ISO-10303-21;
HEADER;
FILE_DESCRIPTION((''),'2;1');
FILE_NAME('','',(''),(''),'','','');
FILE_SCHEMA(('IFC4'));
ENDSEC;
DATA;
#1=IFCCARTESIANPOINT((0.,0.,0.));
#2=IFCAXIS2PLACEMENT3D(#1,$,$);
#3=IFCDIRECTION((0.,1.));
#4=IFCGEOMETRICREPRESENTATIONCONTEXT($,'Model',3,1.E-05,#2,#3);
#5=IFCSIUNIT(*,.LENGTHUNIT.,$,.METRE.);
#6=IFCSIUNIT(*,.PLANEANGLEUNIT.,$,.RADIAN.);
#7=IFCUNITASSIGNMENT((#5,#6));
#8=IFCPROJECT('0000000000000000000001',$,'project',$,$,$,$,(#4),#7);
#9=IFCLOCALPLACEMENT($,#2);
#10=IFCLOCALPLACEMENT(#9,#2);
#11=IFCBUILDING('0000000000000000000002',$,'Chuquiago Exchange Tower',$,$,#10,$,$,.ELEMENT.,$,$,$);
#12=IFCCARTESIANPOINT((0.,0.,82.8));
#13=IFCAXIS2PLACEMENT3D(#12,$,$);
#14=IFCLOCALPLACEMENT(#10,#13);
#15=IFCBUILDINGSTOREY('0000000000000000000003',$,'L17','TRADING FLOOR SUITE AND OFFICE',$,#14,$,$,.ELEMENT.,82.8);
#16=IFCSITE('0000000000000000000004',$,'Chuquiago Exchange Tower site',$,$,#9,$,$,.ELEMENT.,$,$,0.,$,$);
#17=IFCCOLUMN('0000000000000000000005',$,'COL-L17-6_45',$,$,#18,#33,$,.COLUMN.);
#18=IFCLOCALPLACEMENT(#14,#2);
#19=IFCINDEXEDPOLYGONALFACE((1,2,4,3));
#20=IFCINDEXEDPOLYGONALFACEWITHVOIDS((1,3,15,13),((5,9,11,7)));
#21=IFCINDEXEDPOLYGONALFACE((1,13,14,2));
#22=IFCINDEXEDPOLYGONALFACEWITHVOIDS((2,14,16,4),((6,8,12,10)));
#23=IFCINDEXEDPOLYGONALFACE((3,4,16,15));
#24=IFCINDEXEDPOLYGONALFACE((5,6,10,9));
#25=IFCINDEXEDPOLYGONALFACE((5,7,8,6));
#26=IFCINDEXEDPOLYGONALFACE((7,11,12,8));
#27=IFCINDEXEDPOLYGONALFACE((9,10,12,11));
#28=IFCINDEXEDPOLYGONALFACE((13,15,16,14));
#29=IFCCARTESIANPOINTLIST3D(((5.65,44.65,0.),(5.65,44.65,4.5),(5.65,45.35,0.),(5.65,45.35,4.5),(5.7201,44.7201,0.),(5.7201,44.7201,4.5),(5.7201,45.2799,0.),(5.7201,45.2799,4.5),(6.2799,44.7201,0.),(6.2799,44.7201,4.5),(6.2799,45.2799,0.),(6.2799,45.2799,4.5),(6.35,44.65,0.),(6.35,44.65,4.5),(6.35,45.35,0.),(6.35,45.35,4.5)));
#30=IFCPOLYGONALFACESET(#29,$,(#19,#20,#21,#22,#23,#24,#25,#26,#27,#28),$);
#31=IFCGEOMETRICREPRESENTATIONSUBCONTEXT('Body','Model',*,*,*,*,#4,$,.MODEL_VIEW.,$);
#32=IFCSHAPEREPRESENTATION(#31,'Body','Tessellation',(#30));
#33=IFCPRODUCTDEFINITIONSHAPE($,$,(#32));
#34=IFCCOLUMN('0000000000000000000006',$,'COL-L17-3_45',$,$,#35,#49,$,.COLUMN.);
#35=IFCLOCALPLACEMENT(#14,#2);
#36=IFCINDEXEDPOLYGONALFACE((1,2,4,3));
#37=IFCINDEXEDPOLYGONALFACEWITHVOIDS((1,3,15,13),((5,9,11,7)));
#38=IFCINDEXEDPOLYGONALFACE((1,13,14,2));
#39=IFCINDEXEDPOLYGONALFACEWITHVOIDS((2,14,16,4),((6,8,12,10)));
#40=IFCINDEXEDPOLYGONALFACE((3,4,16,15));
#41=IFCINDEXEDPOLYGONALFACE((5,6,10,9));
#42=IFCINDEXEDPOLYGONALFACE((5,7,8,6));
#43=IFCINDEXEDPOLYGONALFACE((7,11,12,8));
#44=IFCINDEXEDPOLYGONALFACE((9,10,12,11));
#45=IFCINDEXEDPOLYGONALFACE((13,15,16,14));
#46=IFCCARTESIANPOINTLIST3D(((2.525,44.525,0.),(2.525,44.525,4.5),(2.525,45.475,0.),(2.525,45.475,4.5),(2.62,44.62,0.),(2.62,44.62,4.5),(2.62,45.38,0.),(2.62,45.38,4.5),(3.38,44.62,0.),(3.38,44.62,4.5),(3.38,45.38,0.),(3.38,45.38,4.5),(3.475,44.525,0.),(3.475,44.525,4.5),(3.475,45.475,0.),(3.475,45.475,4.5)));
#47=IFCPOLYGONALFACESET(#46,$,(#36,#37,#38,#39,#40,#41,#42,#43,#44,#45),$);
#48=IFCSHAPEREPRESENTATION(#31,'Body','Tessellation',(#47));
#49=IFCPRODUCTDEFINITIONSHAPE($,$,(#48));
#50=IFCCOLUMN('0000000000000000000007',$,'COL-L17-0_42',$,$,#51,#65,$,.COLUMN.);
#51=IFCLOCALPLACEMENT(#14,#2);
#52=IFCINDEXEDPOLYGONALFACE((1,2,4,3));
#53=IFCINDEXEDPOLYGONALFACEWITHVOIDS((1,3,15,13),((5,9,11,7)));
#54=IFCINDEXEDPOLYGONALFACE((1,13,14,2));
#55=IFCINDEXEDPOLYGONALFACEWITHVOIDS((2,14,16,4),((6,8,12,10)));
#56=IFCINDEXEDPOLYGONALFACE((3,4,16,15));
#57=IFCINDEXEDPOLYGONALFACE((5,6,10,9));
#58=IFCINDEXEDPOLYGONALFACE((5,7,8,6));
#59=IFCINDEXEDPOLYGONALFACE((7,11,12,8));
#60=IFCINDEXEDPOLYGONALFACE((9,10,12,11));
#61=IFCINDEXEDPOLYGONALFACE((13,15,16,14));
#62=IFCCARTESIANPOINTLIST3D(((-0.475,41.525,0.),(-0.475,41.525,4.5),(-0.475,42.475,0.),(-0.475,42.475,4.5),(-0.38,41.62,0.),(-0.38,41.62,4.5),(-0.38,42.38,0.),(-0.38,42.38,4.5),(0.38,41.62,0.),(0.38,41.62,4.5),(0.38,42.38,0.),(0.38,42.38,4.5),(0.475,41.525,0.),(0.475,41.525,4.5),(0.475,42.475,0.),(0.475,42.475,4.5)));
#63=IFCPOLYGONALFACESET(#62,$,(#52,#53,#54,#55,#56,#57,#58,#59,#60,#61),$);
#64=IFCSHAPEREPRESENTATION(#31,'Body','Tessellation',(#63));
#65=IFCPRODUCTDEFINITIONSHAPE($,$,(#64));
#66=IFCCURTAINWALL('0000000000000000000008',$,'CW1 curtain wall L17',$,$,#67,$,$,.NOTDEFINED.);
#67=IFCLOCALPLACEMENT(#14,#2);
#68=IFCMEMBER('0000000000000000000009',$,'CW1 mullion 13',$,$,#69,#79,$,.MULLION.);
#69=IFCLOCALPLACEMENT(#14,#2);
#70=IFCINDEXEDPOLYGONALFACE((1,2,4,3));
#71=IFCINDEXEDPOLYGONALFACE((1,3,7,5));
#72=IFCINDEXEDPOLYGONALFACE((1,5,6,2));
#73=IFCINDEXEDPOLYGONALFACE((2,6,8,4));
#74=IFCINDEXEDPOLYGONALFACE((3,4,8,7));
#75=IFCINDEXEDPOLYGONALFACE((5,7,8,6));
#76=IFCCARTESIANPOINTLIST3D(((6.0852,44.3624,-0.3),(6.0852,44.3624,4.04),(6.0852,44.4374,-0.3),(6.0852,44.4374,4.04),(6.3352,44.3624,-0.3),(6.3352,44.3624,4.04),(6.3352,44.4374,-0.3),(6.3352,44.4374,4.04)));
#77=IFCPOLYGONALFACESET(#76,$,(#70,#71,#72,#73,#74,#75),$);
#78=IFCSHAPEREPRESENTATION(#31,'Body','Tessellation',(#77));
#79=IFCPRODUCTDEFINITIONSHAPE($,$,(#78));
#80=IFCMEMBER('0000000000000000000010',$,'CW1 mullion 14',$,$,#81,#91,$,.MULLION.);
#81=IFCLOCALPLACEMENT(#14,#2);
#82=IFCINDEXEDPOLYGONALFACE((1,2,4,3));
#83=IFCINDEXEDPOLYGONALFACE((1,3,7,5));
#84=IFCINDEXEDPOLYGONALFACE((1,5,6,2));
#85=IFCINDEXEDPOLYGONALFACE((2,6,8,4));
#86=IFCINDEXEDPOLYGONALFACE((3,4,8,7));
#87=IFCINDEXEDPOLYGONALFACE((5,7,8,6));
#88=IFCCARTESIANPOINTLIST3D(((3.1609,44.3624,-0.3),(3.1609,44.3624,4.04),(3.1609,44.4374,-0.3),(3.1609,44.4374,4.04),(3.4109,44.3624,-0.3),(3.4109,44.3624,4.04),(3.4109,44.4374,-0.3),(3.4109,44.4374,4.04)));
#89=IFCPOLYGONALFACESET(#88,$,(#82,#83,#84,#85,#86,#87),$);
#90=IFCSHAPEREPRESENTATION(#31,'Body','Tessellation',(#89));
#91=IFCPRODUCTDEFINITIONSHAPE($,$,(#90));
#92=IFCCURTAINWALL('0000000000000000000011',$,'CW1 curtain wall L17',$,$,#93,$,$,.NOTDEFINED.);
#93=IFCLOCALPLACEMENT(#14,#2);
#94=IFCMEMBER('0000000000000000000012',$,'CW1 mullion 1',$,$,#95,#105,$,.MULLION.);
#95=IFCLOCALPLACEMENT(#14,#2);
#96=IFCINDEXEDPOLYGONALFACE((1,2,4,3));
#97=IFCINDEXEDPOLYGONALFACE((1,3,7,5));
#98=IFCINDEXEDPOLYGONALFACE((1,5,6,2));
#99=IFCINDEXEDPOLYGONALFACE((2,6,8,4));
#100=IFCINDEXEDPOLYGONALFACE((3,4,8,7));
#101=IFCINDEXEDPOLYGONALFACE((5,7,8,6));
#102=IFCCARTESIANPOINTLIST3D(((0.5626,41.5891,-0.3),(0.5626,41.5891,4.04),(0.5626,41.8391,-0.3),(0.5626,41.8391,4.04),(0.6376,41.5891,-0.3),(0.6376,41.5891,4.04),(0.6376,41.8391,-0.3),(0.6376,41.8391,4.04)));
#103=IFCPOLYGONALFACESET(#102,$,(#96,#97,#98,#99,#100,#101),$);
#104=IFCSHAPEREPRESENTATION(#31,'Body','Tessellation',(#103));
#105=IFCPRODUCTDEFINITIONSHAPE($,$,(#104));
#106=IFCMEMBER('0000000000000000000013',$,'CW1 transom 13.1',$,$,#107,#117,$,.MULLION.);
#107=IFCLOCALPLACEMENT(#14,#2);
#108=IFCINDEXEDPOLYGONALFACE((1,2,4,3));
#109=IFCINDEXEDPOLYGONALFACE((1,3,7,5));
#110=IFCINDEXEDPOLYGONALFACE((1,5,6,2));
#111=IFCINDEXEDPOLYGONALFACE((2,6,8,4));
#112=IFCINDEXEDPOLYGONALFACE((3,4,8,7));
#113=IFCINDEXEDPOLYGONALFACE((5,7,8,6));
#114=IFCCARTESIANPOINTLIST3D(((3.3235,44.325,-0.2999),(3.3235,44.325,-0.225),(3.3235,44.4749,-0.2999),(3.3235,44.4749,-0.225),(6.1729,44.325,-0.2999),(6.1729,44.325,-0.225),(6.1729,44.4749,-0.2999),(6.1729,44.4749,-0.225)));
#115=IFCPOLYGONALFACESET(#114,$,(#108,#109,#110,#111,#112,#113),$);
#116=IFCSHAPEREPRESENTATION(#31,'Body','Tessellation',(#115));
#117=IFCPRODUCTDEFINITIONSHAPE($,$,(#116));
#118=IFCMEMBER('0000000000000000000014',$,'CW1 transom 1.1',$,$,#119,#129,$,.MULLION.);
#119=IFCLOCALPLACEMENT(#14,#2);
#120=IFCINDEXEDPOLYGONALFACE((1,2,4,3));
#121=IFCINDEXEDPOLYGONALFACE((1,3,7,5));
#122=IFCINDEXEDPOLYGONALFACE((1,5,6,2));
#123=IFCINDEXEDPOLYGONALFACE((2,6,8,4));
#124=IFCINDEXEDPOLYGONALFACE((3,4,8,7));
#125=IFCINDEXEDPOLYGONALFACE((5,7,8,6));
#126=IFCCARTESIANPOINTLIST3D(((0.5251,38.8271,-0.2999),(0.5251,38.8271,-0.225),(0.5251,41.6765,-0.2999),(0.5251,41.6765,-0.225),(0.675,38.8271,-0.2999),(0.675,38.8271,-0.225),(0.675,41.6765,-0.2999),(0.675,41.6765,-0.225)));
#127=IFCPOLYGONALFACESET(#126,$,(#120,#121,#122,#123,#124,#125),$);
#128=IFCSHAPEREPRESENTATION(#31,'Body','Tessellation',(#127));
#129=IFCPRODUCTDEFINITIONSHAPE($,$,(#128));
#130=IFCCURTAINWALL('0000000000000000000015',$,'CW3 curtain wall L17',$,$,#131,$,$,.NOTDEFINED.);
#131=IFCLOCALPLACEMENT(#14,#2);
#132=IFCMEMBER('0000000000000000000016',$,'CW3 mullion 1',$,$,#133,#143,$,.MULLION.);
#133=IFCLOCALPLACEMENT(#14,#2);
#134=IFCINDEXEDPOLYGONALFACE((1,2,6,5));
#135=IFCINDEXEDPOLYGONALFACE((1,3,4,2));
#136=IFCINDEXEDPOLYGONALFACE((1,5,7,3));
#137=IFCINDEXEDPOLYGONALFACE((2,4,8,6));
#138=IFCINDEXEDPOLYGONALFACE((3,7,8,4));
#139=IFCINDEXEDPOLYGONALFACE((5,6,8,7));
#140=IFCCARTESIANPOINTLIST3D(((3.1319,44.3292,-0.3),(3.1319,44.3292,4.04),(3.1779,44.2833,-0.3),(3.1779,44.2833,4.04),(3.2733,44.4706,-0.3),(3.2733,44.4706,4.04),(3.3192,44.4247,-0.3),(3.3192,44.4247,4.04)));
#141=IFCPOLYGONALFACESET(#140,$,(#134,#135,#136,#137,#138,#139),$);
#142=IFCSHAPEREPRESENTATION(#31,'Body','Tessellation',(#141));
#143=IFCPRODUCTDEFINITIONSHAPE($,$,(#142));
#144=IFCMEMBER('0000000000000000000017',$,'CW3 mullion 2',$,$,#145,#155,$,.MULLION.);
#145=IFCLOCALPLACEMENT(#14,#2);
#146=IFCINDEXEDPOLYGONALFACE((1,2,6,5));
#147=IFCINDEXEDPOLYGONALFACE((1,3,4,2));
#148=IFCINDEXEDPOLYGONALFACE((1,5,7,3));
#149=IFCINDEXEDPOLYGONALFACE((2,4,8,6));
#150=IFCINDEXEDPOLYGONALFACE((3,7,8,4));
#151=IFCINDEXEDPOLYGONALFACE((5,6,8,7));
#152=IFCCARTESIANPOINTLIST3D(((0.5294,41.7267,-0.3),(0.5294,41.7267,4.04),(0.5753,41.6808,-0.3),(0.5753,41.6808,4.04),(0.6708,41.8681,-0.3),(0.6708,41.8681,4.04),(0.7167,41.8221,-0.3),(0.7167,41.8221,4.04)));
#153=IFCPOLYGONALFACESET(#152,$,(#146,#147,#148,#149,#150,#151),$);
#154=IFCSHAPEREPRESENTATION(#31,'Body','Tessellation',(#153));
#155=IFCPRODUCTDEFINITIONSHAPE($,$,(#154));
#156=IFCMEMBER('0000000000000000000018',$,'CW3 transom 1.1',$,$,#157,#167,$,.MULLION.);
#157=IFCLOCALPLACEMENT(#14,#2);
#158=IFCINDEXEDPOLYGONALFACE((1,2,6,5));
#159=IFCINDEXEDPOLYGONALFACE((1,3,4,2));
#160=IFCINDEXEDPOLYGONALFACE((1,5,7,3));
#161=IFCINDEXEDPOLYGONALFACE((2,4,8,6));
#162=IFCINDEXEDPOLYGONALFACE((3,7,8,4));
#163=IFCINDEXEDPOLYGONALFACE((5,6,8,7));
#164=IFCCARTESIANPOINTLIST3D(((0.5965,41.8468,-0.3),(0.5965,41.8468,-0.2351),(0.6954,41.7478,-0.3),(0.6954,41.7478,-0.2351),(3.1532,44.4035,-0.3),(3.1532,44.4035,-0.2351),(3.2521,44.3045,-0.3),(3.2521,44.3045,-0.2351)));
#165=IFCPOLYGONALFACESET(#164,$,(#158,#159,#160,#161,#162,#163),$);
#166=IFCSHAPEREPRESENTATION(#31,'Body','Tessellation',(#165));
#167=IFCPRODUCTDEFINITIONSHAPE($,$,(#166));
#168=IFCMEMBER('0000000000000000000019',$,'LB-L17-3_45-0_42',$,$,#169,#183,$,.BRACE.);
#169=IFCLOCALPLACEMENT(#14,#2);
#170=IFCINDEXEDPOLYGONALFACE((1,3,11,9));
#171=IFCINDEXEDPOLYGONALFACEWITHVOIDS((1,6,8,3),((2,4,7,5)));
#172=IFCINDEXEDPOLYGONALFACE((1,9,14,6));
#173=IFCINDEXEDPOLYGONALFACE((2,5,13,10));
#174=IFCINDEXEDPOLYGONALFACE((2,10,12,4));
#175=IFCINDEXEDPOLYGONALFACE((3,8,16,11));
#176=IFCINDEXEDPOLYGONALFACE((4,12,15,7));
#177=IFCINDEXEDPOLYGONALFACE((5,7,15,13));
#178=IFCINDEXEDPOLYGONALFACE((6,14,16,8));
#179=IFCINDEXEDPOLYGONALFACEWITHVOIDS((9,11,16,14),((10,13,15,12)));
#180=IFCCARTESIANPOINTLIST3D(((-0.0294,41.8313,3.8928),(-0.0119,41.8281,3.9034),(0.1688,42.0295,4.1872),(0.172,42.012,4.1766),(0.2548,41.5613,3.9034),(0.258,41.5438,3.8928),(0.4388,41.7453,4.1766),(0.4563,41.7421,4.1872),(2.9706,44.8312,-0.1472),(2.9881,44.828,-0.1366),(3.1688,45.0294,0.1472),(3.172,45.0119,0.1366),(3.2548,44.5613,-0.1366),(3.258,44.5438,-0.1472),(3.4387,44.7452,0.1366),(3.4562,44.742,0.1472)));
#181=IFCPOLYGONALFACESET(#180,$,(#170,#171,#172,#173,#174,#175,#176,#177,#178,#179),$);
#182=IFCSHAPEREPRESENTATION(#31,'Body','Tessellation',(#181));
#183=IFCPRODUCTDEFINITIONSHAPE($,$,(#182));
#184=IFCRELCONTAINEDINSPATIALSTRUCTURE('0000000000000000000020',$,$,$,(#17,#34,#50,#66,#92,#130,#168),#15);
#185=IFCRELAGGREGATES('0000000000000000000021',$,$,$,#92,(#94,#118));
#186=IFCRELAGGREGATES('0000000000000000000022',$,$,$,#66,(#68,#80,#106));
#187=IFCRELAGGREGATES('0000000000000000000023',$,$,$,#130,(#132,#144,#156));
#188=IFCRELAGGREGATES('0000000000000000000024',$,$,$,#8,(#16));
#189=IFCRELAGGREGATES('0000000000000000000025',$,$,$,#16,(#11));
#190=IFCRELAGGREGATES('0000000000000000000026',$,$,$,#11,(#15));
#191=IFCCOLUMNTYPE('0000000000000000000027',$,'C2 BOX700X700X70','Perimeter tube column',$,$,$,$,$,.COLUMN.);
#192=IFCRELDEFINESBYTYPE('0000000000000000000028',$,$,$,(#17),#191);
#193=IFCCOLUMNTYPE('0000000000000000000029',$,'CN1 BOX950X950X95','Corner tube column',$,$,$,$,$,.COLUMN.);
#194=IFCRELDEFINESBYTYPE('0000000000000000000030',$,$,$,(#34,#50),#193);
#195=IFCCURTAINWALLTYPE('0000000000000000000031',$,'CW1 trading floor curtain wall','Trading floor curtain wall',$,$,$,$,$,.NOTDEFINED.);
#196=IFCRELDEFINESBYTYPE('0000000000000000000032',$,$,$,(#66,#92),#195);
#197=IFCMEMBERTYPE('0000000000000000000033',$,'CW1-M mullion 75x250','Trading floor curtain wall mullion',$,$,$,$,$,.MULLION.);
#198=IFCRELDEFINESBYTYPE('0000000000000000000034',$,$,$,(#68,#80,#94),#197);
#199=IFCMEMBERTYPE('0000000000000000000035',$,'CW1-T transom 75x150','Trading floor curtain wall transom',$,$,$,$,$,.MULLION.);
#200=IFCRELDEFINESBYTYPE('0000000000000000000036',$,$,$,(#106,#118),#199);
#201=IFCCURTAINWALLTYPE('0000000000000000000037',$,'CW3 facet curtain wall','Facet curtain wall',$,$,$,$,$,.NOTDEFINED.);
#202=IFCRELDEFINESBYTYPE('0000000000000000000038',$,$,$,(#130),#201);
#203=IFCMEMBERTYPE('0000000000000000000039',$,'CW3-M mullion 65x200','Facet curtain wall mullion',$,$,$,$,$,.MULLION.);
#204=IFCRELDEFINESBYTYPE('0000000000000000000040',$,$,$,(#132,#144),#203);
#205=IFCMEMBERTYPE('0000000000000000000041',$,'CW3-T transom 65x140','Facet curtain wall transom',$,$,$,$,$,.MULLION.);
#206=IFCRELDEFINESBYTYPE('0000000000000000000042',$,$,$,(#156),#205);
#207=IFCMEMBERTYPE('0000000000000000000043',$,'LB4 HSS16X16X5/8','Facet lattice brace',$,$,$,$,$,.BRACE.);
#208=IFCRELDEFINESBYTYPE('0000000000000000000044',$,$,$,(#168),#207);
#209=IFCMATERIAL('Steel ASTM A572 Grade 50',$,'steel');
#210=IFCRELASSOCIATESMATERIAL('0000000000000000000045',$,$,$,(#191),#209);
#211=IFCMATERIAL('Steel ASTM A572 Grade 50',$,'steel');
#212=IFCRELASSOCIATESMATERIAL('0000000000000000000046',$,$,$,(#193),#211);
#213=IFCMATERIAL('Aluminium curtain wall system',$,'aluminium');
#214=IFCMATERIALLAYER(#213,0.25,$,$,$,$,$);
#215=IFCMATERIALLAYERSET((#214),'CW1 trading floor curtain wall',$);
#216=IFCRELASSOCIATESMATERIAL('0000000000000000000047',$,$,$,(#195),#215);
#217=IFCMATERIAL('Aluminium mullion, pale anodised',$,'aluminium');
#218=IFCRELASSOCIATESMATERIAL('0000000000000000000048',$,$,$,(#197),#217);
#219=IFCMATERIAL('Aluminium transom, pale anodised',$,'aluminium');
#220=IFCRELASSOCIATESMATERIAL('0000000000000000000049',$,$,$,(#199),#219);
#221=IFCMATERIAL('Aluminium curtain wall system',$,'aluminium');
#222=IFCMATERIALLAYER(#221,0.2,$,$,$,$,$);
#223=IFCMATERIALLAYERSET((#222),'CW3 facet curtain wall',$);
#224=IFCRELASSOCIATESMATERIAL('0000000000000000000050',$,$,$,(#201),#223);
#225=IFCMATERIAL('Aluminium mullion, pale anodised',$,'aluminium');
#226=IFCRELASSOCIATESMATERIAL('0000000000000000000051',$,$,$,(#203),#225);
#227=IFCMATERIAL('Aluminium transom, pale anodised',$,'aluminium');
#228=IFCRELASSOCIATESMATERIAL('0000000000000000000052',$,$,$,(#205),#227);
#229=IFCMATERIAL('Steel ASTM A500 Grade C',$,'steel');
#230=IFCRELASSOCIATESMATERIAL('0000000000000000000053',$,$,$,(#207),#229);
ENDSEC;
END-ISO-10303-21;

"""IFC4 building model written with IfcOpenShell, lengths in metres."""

from ifc_helpers import new_model, si_unit, direction, frame, origin, origin_2d, place, context, subcontext, project, spatial, rectangle, hollow_rectangle, extrude, material, layer, layer_set, material_profile, profile_set, type_object, element, aggregate, save


model = new_model("IFC4")

# Units and contexts
model_context = context("Model", 3, precision=1e-05, world=origin(), true_north=direction((0.0, 1.0)))
body_context = subcontext(model_context, "Body", "Model", "MODEL_VIEW")
ifc_project = project(units=[si_unit("LENGTHUNIT", "METRE"), si_unit("PLANEANGLEUNIT", "RADIAN")], contexts=[model_context])

# Site, building, storey
site_placement = place(None, origin())
site = spatial("IfcSite", under=ifc_project, at=site_placement, Name="Chuquiago Exchange Tower site", CompositionType="ELEMENT", RefElevation=0.0)
building_placement = place(site_placement, origin())
building = spatial("IfcBuilding", under=site, at=building_placement, Name="Chuquiago Exchange Tower", CompositionType="ELEMENT")
storey_placement = place(building_placement, frame((0.0, 0.0, 82.8)))
storey = spatial("IfcBuildingStorey", under=building, at=storey_placement, Name="L17", Description="TRADING FLOOR SUITE AND OFFICE", CompositionType="ELEMENT", Elevation=82.8)

# Columns
ifc_material_1 = material(Name="Steel ASTM A572 Grade 50", Category="steel")
ifc_material_profile_1 = material_profile(ifc_material_1, hollow_rectangle(XDim=0.7, YDim=0.7, WallThickness=0.0701, at=origin_2d()), Name="BOX700X700X70")
ifc_profile_set_1 = profile_set([ifc_material_profile_1], Name="Steel ASTM A572 Grade 50")
column_type_1 = type_object("IfcColumnType", Name="C2 BOX700X700X70", Description="Perimeter tube column", PredefinedType="COLUMN", material=ifc_profile_set_1)
column_placement = place(storey_placement, frame((6.0, 45.0, 0.0), z_axis=(0.0, 0.0, 1.0), x_axis=(0.0, 1.0, 0.0)))
element("IfcColumn", 1, at=column_placement, inside=storey, type_object=column_type_1, Name="COL-L17-6_45", PredefinedType="COLUMN", context=body_context, shape_type="SweptSolid", body=[
    extrude(hollow_rectangle(XDim=0.7, YDim=0.7, WallThickness=0.0701, at=origin_2d()), origin(), (0.0, 0.0, 1.0), 4.5),
])
ifc_material_2 = material(Name="Steel ASTM A572 Grade 50", Category="steel")
ifc_material_profile_2 = material_profile(ifc_material_2, hollow_rectangle(XDim=0.95, YDim=0.95, WallThickness=0.095, at=origin_2d()), Name="BOX950X950X95")
ifc_profile_set_2 = profile_set([ifc_material_profile_2], Name="Steel ASTM A572 Grade 50")
column_type_2 = type_object("IfcColumnType", Name="CN1 BOX950X950X95", Description="Corner tube column", PredefinedType="COLUMN", material=ifc_profile_set_2)
for number, where, z_axis, x_axis, name in (
    (2, (3.0, 45.0, 0.0), (0.0, 0.0, 1.0), (0.0, 1.0, 0.0), "COL-L17-3_45"),
    (3, (0.0, 42.0, 0.0), (0.0, 0.0, 1.0), (-1.0, 0.0, 0.0), "COL-L17-0_42"),
):
    element("IfcColumn", number, at=place(storey_placement, frame(where, z_axis=z_axis, x_axis=x_axis)), inside=storey, type_object=column_type_2, Name=name, PredefinedType="COLUMN", context=body_context, shape_type="SweptSolid", body=[
        extrude(hollow_rectangle(XDim=0.95, YDim=0.95, WallThickness=0.095, at=origin_2d()), origin(), (0.0, 0.0, 1.0), 4.5),
    ])

# Curtain wall, members
ifc_material_3 = material(Name="Aluminium curtain wall system", Category="aluminium")
ifc_layer_1 = layer(ifc_material_3, 0.25)
ifc_layer_set_1 = layer_set([ifc_layer_1], Name="CW1 trading floor curtain wall")
curtain_wall_type_1 = type_object("IfcCurtainWallType", Name="CW1 trading floor curtain wall", Description="Trading floor curtain wall", PredefinedType="NOTDEFINED", material=ifc_layer_set_1)
curtain_wall_1_placement = place(storey_placement, origin())
curtain_wall_1 = element("IfcCurtainWall", 4, at=curtain_wall_1_placement, inside=storey, type_object=curtain_wall_type_1, Name="CW1 curtain wall L17", PredefinedType="NOTDEFINED")
ifc_material_4 = material(Name="Aluminium mullion, pale anodised", Category="aluminium")
ifc_material_profile_3 = material_profile(ifc_material_4, rectangle(XDim=0.075, YDim=0.25, at=origin_2d()), Name="AL 75x250")
ifc_profile_set_3 = profile_set([ifc_material_profile_3], Name="Aluminium mullion, pale anodised")
member_type_1 = type_object("IfcMemberType", Name="CW1-M mullion 75x250", Description="Trading floor curtain wall mullion", PredefinedType="MULLION", material=ifc_profile_set_3)
member_1_placement = place(storey_placement, frame((6.2102, 44.3999, -0.3), z_axis=(0.0, 0.0, 1.0), x_axis=(0.0, -1.0, 0.0)))
member_1 = element("IfcMember", 5, at=member_1_placement, type_object=member_type_1, Name="CW1 mullion 13", PredefinedType="MULLION", context=body_context, shape_type="SweptSolid", body=[
    extrude(rectangle(XDim=0.075, YDim=0.25, at=origin_2d()), origin(), (0.0, 0.0, 1.0), 4.3401),
])
member_2_placement = place(storey_placement, frame((3.2859, 44.3999, -0.3), z_axis=(0.0, 0.0, 1.0), x_axis=(0.0, -1.0, 0.0)))
member_2 = element("IfcMember", 6, at=member_2_placement, type_object=member_type_1, Name="CW1 mullion 14", PredefinedType="MULLION", context=body_context, shape_type="SweptSolid", body=[
    extrude(rectangle(XDim=0.075, YDim=0.25, at=origin_2d()), origin(), (0.0, 0.0, 1.0), 4.3401),
])

# Curtain wall, member
curtain_wall_2_placement = place(storey_placement, origin())
curtain_wall_2 = element("IfcCurtainWall", 7, at=curtain_wall_2_placement, inside=storey, type_object=curtain_wall_type_1, Name="CW1 curtain wall L17", PredefinedType="NOTDEFINED")
member_3_placement = place(storey_placement, frame((0.6001, 41.7141, -0.3), z_axis=(0.0, 0.0, 1.0), x_axis=(1.0, 0.0, 0.0)))
member_3 = element("IfcMember", 8, at=member_3_placement, type_object=member_type_1, Name="CW1 mullion 1", PredefinedType="MULLION", context=body_context, shape_type="SweptSolid", body=[
    extrude(rectangle(XDim=0.075, YDim=0.25, at=origin_2d()), origin(), (0.0, 0.0, 1.0), 4.3401),
])

# Members
ifc_material_5 = material(Name="Aluminium transom, pale anodised", Category="aluminium")
ifc_material_profile_4 = material_profile(ifc_material_5, rectangle(XDim=0.1499, YDim=0.075, at=origin_2d()), Name="AL 150x75")
ifc_profile_set_4 = profile_set([ifc_material_profile_4], Name="Aluminium transom, pale anodised")
member_type_2 = type_object("IfcMemberType", Name="CW1-T transom 75x150", Description="Trading floor curtain wall transom", PredefinedType="MULLION", material=ifc_profile_set_4)
member_4_placement = place(storey_placement, frame((6.1729, 44.3999, -0.2625), z_axis=(-1.0, 0.0, 0.0), x_axis=(0.0, -1.0, 0.0)))
member_4 = element("IfcMember", 9, at=member_4_placement, type_object=member_type_2, Name="CW1 transom 13.1", PredefinedType="MULLION", context=body_context, shape_type="SweptSolid", body=[
    extrude(rectangle(XDim=0.1499, YDim=0.075, at=origin_2d()), origin(), (0.0, 0.0, 1.0), 2.8494),
])
member_5_placement = place(storey_placement, frame((0.6001, 41.6765, -0.2625), z_axis=(0.0, -1.0, 0.0), x_axis=(1.0, 0.0, 0.0)))
member_5 = element("IfcMember", 10, at=member_5_placement, type_object=member_type_2, Name="CW1 transom 1.1", PredefinedType="MULLION", context=body_context, shape_type="SweptSolid", body=[
    extrude(rectangle(XDim=0.1499, YDim=0.075, at=origin_2d()), origin(), (0.0, 0.0, 1.0), 2.8494),
])
aggregate(curtain_wall_2, [member_3, member_5])

# Curtain wall, members
ifc_material_6 = material(Name="Aluminium curtain wall system", Category="aluminium")
ifc_layer_2 = layer(ifc_material_6, 0.2)
ifc_layer_set_2 = layer_set([ifc_layer_2], Name="CW3 facet curtain wall")
curtain_wall_type_2 = type_object("IfcCurtainWallType", Name="CW3 facet curtain wall", Description="Facet curtain wall", PredefinedType="NOTDEFINED", material=ifc_layer_set_2)
curtain_wall_3_placement = place(storey_placement, origin())
curtain_wall_3 = element("IfcCurtainWall", 11, at=curtain_wall_3_placement, inside=storey, type_object=curtain_wall_type_2, Name="CW3 curtain wall L17", PredefinedType="NOTDEFINED")
ifc_material_7 = material(Name="Aluminium mullion, pale anodised", Category="aluminium")
ifc_material_profile_5 = material_profile(ifc_material_7, rectangle(XDim=0.0649, YDim=0.2, at=origin_2d()), Name="AL 65x200")
ifc_profile_set_5 = profile_set([ifc_material_profile_5], Name="Aluminium mullion, pale anodised")
member_type_3 = type_object("IfcMemberType", Name="CW3-M mullion 65x200", Description="Facet curtain wall mullion", PredefinedType="MULLION", material=ifc_profile_set_5)
member_6_placement = place(storey_placement, frame((3.2256, 44.377, -0.3), z_axis=(0.0, 0.0, 1.0), x_axis=(0.707107, -0.707107, 0.0)))
member_6 = element("IfcMember", 12, at=member_6_placement, type_object=member_type_3, Name="CW3 mullion 1", PredefinedType="MULLION", context=body_context, shape_type="SweptSolid", body=[
    extrude(rectangle(XDim=0.0649, YDim=0.2, at=origin_2d()), origin(), (0.0, 0.0, 1.0), 4.3401),
])
member_7_placement = place(storey_placement, frame((0.623, 41.7744, -0.3), z_axis=(0.0, 0.0, 1.0), x_axis=(0.707107, -0.707107, 0.0)))
member_7 = element("IfcMember", 13, at=member_7_placement, type_object=member_type_3, Name="CW3 mullion 2", PredefinedType="MULLION", context=body_context, shape_type="SweptSolid", body=[
    extrude(rectangle(XDim=0.0649, YDim=0.2, at=origin_2d()), origin(), (0.0, 0.0, 1.0), 4.3401),
])
ifc_material_8 = material(Name="Aluminium transom, pale anodised", Category="aluminium")
ifc_material_profile_6 = material_profile(ifc_material_8, rectangle(XDim=0.1399, YDim=0.0649, at=origin_2d()), Name="AL 140x65")
ifc_profile_set_6 = profile_set([ifc_material_profile_6], Name="Aluminium transom, pale anodised")
member_type_4 = type_object("IfcMemberType", Name="CW3-T transom 65x140", Description="Facet curtain wall transom", PredefinedType="MULLION", material=ifc_profile_set_6)
member_8_placement = place(storey_placement, frame((3.2026, 44.354, -0.2676), z_axis=(-0.707107, -0.707107, 0.0), x_axis=(0.707107, -0.707107, 0.0)))
member_8 = element("IfcMember", 14, at=member_8_placement, type_object=member_type_4, Name="CW3 transom 1.1", PredefinedType="MULLION", context=body_context, shape_type="SweptSolid", body=[
    extrude(rectangle(XDim=0.1399, YDim=0.0649, at=origin_2d()), origin(), (0.0, 0.0, 1.0), 3.6157),
])

# Member
ifc_material_9 = material(Name="Steel ASTM A500 Grade C", Category="steel")
ifc_material_profile_7 = material_profile(ifc_material_9, hollow_rectangle(XDim=0.4065, YDim=0.4065, WallThickness=0.0146, at=origin_2d()), Name="HSS16X16X5/8")
ifc_profile_set_7 = profile_set([ifc_material_profile_7], Name="Steel ASTM A500 Grade C")
member_type_5 = type_object("IfcMemberType", Name="LB4 HSS16X16X5/8", Description="Facet lattice brace", PredefinedType="BRACE", material=ifc_profile_set_7)
member_9_placement = place(storey_placement, frame((3.2134, 44.7866, 0.0), z_axis=(-0.512077, -0.512077, 0.689604), x_axis=(0.707107, -0.707107, 0.0)))
element("IfcMember", 15, at=member_9_placement, inside=storey, type_object=member_type_5, Name="LB-L17-3_45-0_42", PredefinedType="BRACE", context=body_context, shape_type="SweptSolid", body=[
    extrude(hollow_rectangle(XDim=0.4065, YDim=0.4065, WallThickness=0.0146, at=origin_2d()), origin(), (0.0, 0.0, 1.0), 5.8584),
])

aggregate(curtain_wall_1, [member_1, member_2, member_4])
aggregate(curtain_wall_3, [member_6, member_7, member_8])

save(model, "model.ifc")
